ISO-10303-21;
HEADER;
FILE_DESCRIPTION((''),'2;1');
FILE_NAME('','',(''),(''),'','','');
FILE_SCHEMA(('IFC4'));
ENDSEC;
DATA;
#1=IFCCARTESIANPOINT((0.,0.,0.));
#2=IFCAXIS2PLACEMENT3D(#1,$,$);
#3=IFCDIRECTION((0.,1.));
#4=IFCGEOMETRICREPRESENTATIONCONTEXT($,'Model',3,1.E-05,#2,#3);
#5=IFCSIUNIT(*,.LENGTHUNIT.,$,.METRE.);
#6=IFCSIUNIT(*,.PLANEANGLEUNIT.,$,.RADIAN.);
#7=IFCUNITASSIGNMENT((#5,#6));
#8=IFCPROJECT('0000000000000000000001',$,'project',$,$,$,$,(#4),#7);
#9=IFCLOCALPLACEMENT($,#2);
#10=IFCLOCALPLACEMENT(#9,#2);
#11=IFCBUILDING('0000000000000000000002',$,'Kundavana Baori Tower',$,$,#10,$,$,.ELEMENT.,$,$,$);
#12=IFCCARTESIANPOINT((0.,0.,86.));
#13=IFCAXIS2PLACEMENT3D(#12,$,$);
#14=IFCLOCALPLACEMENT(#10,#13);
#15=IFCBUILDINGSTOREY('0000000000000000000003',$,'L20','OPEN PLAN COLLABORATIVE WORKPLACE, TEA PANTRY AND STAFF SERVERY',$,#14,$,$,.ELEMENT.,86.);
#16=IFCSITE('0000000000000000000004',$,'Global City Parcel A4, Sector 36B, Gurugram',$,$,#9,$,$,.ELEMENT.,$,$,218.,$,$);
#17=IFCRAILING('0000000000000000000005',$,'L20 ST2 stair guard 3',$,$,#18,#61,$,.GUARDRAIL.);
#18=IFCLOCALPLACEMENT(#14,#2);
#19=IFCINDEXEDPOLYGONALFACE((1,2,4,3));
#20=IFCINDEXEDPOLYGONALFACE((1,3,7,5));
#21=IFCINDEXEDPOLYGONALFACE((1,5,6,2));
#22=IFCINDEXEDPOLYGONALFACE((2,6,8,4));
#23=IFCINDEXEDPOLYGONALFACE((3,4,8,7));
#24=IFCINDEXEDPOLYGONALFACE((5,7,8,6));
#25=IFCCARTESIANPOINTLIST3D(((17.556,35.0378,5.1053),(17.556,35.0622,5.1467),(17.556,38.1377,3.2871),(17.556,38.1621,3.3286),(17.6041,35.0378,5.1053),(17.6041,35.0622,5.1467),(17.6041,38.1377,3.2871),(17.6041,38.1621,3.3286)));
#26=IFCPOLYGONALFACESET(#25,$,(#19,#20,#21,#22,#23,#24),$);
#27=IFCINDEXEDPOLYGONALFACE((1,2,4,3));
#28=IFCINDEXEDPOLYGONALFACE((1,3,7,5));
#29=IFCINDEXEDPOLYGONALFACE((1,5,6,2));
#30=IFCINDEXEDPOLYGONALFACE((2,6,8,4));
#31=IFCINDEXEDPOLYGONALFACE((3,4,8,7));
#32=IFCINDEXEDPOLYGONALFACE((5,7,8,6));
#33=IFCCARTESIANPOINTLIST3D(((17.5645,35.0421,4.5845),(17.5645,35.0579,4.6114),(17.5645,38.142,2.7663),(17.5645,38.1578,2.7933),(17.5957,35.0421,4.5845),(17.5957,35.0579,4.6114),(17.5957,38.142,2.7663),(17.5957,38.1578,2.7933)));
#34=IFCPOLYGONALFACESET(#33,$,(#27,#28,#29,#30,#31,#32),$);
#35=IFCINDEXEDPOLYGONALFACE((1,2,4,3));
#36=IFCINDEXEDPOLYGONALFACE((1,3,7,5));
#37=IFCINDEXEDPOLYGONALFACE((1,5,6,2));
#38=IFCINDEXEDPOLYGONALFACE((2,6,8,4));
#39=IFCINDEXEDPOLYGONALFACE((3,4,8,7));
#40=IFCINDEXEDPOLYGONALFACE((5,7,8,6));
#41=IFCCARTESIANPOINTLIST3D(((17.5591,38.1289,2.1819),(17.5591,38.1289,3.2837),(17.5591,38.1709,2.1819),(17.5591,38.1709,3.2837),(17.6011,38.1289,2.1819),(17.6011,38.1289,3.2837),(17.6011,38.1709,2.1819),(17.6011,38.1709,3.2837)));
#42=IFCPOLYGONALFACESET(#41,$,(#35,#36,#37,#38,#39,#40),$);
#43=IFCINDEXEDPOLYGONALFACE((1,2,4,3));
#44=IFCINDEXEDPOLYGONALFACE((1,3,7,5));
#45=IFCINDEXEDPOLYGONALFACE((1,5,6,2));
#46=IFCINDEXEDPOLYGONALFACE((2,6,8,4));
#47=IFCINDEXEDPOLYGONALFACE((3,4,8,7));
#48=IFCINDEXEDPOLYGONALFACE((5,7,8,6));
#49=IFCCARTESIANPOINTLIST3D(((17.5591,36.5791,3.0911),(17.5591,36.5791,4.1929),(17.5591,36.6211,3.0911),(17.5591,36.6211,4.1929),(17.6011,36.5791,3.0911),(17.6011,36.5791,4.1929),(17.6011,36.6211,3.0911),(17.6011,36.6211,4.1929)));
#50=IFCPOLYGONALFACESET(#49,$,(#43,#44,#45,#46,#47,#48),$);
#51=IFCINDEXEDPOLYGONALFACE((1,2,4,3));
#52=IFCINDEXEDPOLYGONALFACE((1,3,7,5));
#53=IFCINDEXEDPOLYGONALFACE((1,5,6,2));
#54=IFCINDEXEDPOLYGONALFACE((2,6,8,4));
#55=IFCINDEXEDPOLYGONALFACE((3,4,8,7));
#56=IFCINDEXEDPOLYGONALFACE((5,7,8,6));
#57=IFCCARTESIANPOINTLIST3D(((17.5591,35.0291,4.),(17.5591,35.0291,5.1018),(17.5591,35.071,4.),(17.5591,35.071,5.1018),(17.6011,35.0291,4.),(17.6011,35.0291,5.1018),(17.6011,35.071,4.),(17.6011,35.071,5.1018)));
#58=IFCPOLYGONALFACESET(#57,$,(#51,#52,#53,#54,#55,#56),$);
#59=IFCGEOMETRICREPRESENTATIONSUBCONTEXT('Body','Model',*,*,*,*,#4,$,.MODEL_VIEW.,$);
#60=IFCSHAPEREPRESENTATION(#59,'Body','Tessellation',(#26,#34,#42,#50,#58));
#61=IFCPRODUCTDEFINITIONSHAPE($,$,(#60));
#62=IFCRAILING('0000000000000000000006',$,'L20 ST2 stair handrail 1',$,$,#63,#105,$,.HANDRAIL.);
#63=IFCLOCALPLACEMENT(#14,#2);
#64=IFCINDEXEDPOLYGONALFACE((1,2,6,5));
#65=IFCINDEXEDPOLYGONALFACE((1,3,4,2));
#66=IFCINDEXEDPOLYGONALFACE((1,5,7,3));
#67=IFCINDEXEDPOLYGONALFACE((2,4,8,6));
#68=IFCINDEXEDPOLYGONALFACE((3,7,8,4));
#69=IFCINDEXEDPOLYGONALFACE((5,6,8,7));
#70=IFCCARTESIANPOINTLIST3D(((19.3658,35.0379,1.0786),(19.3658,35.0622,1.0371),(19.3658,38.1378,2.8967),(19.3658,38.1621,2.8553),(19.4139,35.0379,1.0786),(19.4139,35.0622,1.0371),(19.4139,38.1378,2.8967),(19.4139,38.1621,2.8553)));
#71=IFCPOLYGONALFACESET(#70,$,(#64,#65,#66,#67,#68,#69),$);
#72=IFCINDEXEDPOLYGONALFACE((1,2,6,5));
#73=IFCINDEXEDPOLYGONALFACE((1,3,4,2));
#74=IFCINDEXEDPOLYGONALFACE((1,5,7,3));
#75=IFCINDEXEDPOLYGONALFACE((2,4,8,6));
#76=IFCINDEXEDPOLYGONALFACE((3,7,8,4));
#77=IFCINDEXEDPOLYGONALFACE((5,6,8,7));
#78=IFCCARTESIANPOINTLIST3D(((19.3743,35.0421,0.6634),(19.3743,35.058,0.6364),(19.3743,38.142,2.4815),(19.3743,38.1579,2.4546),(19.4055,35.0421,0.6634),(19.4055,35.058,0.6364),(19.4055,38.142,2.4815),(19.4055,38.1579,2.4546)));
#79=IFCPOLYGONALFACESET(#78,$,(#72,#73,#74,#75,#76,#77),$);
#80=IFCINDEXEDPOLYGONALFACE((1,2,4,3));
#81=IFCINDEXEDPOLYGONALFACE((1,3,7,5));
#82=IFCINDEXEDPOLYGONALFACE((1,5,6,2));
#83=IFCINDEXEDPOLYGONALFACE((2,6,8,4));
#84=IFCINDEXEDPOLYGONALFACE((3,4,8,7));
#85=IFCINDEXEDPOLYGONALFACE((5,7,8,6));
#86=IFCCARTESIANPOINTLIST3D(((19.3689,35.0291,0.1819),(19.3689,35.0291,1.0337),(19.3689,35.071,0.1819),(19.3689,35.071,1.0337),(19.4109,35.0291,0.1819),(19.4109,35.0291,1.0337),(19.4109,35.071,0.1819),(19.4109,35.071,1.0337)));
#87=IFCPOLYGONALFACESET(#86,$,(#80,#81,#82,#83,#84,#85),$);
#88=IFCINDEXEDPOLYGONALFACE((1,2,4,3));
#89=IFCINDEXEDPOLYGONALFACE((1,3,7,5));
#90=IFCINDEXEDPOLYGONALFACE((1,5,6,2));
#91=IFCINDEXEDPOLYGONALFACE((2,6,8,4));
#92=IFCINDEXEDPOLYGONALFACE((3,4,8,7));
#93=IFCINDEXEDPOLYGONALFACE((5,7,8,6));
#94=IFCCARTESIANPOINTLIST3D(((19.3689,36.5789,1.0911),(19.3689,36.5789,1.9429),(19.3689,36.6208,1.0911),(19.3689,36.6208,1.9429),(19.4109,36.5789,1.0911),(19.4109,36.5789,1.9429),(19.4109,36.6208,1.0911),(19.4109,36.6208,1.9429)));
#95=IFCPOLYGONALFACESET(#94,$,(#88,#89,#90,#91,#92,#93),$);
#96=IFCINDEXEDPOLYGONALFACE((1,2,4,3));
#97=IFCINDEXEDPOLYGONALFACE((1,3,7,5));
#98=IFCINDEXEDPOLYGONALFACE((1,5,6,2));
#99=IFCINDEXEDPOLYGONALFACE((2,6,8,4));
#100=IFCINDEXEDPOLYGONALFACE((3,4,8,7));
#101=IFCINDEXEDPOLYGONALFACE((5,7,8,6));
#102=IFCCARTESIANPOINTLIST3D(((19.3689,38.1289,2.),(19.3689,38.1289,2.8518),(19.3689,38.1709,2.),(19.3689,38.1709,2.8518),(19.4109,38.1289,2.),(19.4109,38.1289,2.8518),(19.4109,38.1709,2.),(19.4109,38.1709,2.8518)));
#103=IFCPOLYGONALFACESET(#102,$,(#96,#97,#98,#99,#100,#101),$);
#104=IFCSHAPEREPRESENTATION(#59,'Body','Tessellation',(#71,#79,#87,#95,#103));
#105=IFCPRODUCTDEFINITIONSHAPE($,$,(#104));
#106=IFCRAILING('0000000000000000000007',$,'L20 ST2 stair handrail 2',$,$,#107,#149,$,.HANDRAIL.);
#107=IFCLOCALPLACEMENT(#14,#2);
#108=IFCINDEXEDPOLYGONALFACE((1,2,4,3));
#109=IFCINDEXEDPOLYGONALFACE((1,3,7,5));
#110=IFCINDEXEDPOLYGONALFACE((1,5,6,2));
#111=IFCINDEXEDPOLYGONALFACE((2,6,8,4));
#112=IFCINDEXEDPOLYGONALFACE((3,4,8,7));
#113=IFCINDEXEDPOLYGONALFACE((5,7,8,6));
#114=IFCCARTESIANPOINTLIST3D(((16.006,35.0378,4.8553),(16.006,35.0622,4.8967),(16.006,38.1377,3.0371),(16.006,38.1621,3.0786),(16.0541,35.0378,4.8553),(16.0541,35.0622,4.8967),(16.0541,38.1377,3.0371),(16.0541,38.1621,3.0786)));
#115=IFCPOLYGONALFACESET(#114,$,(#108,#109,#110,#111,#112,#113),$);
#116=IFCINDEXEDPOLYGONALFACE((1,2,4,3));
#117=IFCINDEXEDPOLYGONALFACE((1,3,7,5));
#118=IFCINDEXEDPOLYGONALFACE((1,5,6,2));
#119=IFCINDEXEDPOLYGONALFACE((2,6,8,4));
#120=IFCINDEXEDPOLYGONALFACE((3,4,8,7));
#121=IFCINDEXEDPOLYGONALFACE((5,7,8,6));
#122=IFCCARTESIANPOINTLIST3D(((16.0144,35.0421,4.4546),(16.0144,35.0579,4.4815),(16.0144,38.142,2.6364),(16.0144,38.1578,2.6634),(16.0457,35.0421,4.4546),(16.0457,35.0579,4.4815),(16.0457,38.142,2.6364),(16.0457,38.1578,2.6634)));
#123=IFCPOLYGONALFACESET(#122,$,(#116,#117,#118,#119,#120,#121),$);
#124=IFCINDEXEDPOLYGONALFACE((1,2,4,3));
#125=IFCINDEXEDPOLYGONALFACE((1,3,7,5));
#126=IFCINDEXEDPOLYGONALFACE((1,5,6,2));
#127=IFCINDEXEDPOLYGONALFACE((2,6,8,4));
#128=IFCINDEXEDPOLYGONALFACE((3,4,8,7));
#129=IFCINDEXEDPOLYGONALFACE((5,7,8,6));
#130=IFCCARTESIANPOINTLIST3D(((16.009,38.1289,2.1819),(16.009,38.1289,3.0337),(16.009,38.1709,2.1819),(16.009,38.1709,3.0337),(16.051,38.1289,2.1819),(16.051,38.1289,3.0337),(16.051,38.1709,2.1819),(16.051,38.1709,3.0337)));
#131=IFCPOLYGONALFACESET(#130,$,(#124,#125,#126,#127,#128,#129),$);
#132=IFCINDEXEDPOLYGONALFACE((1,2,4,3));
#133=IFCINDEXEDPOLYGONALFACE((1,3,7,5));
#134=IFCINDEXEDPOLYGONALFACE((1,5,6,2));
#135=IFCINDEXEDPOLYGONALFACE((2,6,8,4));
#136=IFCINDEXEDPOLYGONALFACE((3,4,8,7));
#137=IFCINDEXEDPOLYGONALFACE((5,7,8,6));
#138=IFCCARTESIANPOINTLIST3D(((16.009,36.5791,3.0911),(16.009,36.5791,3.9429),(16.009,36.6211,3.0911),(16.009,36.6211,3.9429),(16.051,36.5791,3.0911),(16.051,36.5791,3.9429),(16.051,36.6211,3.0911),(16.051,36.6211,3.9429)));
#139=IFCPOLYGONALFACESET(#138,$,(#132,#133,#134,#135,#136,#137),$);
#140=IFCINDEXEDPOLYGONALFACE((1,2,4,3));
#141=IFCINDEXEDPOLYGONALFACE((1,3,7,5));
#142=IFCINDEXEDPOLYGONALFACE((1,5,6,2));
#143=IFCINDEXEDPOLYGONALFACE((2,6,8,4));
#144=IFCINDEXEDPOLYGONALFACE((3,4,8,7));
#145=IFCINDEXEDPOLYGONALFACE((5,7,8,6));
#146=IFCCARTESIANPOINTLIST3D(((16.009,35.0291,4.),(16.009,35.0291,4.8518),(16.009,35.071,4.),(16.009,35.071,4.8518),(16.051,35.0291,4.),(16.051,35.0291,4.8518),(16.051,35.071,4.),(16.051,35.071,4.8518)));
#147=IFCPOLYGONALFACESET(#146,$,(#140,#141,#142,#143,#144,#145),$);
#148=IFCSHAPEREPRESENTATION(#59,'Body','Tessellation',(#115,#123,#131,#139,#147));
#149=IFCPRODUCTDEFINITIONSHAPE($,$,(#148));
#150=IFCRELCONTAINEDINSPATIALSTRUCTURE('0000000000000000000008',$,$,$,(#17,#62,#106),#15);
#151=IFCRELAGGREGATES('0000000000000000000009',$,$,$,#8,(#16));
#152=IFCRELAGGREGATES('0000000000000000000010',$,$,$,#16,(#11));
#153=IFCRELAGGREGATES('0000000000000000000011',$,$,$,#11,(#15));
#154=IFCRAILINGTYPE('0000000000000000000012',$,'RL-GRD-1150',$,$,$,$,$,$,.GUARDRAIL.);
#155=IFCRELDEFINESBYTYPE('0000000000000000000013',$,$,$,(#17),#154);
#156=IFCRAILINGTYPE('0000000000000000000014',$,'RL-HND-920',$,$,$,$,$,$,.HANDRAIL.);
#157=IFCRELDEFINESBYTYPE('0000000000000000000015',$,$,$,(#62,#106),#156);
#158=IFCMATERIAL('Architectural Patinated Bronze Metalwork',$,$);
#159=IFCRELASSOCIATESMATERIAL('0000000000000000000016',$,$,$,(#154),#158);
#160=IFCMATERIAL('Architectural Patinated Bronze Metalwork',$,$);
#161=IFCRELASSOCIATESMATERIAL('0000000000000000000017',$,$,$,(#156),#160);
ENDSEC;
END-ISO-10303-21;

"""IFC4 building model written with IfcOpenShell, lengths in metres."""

from ifc_helpers import new_model, si_unit, direction, frame, origin, origin_2d, place, context, subcontext, project, spatial, rectangle, extrude, material, type_object, element, save


model = new_model("IFC4")

# Units and contexts
model_context = context("Model", 3, precision=1e-05, world=origin(), true_north=direction((0.0, 1.0)))
body_context = subcontext(model_context, "Body", "Model", "MODEL_VIEW")
ifc_project = project(units=[si_unit("LENGTHUNIT", "METRE"), si_unit("PLANEANGLEUNIT", "RADIAN")], contexts=[model_context])

# Site, building, storey
site_placement = place(None, origin())
site = spatial("IfcSite", under=ifc_project, at=site_placement, Name="Global City Parcel A4, Sector 36B, Gurugram", CompositionType="ELEMENT", RefElevation=218.0)
building_placement = place(site_placement, origin())
building = spatial("IfcBuilding", under=site, at=building_placement, Name="Kundavana Baori Tower", CompositionType="ELEMENT")
storey_placement = place(building_placement, frame((0.0, 0.0, 86.0)))
storey = spatial("IfcBuildingStorey", under=building, at=storey_placement, Name="L20", Description="OPEN PLAN COLLABORATIVE WORKPLACE, TEA PANTRY AND STAFF SERVERY", CompositionType="ELEMENT", Elevation=86.0)

# Railings
ifc_material_1 = material(Name="Architectural Patinated Bronze Metalwork")
railing_type_1 = type_object("IfcRailingType", Name="RL-GRD-1150", PredefinedType="GUARDRAIL", material=ifc_material_1)
railing_1_placement = place(storey_placement, frame((17.5801, 38.1499, 2.1819)))
element("IfcRailing", 1, at=railing_1_placement, inside=storey, type_object=railing_type_1, Name="L20 ST2 stair guard 3", PredefinedType="GUARDRAIL", context=body_context, shape_type="SweptSolid", body=[
    extrude(rectangle(XDim=0.0481, YDim=0.0481, at=origin_2d()), frame((0.0, 0.0, 1.126), z_axis=(0.0, -0.862581, 0.505918), x_axis=(1.0, 0.0, 0.0)), (0.0, 0.0, 1.0), 3.5938),
    extrude(rectangle(XDim=0.0312, YDim=0.0312, at=origin_2d()), frame((0.0, 0.0, 0.5979), z_axis=(0.0, -0.862581, 0.505918), x_axis=(1.0, 0.0, 0.0)), (0.0, 0.0, 1.0), 3.5938),
    extrude(rectangle(XDim=0.042, YDim=0.042, at=origin_2d()), origin(), (0.0, 0.0, 1.0), 1.1018),
    extrude(rectangle(XDim=0.042, YDim=0.042, at=origin_2d()), frame((0.0, -1.5498, 0.9092)), (0.0, 0.0, 1.0), 1.1018),
    extrude(rectangle(XDim=0.042, YDim=0.042, at=origin_2d()), frame((0.0, -3.0999, 1.8181)), (0.0, 0.0, 1.0), 1.1018),
])
ifc_material_2 = material(Name="Architectural Patinated Bronze Metalwork")
railing_type_2 = type_object("IfcRailingType", Name="RL-HND-920", PredefinedType="HANDRAIL", material=ifc_material_2)
railing_2_placement = place(storey_placement, frame((19.3899, 35.05, 0.1819)))
element("IfcRailing", 2, at=railing_2_placement, inside=storey, type_object=railing_type_2, Name="L20 ST2 stair handrail 1", PredefinedType="HANDRAIL", context=body_context, shape_type="SweptSolid", body=[
    extrude(rectangle(XDim=0.0481, YDim=0.0481, at=origin_2d()), frame((0.0, 0.0, 0.876), z_axis=(0.0, 0.862581, 0.505918), x_axis=(-1.0, 0.0, 0.0)), (0.0, 0.0, 1.0), 3.5938),
    extrude(rectangle(XDim=0.0312, YDim=0.0312, at=origin_2d()), frame((0.0, 0.0, 0.468), z_axis=(0.0, 0.862581, 0.505918), x_axis=(-1.0, 0.0, 0.0)), (0.0, 0.0, 1.0), 3.5938),
    extrude(rectangle(XDim=0.042, YDim=0.042, at=origin_2d()), origin(), (0.0, 0.0, 1.0), 0.8518),
    extrude(rectangle(XDim=0.042, YDim=0.042, at=origin_2d()), frame((0.0, 1.5498, 0.9092)), (0.0, 0.0, 1.0), 0.8518),
    extrude(rectangle(XDim=0.042, YDim=0.042, at=origin_2d()), frame((0.0, 3.0999, 1.8181)), (0.0, 0.0, 1.0), 0.8518),
])
railing_3_placement = place(storey_placement, frame((16.03, 38.1499, 2.1819)))
element("IfcRailing", 3, at=railing_3_placement, inside=storey, type_object=railing_type_2, Name="L20 ST2 stair handrail 2", PredefinedType="HANDRAIL", context=body_context, shape_type="SweptSolid", body=[
    extrude(rectangle(XDim=0.0481, YDim=0.0481, at=origin_2d()), frame((0.0, 0.0, 0.876), z_axis=(0.0, -0.862581, 0.505918), x_axis=(1.0, 0.0, 0.0)), (0.0, 0.0, 1.0), 3.5938),
    extrude(rectangle(XDim=0.0312, YDim=0.0312, at=origin_2d()), frame((0.0, 0.0, 0.468), z_axis=(0.0, -0.862581, 0.505918), x_axis=(1.0, 0.0, 0.0)), (0.0, 0.0, 1.0), 3.5938),
    extrude(rectangle(XDim=0.042, YDim=0.042, at=origin_2d()), origin(), (0.0, 0.0, 1.0), 0.8518),
    extrude(rectangle(XDim=0.042, YDim=0.042, at=origin_2d()), frame((0.0, -1.5498, 0.9092)), (0.0, 0.0, 1.0), 0.8518),
    extrude(rectangle(XDim=0.042, YDim=0.042, at=origin_2d()), frame((0.0, -3.0999, 1.8181)), (0.0, 0.0, 1.0), 0.8518),
])

save(model, "model.ifc")
